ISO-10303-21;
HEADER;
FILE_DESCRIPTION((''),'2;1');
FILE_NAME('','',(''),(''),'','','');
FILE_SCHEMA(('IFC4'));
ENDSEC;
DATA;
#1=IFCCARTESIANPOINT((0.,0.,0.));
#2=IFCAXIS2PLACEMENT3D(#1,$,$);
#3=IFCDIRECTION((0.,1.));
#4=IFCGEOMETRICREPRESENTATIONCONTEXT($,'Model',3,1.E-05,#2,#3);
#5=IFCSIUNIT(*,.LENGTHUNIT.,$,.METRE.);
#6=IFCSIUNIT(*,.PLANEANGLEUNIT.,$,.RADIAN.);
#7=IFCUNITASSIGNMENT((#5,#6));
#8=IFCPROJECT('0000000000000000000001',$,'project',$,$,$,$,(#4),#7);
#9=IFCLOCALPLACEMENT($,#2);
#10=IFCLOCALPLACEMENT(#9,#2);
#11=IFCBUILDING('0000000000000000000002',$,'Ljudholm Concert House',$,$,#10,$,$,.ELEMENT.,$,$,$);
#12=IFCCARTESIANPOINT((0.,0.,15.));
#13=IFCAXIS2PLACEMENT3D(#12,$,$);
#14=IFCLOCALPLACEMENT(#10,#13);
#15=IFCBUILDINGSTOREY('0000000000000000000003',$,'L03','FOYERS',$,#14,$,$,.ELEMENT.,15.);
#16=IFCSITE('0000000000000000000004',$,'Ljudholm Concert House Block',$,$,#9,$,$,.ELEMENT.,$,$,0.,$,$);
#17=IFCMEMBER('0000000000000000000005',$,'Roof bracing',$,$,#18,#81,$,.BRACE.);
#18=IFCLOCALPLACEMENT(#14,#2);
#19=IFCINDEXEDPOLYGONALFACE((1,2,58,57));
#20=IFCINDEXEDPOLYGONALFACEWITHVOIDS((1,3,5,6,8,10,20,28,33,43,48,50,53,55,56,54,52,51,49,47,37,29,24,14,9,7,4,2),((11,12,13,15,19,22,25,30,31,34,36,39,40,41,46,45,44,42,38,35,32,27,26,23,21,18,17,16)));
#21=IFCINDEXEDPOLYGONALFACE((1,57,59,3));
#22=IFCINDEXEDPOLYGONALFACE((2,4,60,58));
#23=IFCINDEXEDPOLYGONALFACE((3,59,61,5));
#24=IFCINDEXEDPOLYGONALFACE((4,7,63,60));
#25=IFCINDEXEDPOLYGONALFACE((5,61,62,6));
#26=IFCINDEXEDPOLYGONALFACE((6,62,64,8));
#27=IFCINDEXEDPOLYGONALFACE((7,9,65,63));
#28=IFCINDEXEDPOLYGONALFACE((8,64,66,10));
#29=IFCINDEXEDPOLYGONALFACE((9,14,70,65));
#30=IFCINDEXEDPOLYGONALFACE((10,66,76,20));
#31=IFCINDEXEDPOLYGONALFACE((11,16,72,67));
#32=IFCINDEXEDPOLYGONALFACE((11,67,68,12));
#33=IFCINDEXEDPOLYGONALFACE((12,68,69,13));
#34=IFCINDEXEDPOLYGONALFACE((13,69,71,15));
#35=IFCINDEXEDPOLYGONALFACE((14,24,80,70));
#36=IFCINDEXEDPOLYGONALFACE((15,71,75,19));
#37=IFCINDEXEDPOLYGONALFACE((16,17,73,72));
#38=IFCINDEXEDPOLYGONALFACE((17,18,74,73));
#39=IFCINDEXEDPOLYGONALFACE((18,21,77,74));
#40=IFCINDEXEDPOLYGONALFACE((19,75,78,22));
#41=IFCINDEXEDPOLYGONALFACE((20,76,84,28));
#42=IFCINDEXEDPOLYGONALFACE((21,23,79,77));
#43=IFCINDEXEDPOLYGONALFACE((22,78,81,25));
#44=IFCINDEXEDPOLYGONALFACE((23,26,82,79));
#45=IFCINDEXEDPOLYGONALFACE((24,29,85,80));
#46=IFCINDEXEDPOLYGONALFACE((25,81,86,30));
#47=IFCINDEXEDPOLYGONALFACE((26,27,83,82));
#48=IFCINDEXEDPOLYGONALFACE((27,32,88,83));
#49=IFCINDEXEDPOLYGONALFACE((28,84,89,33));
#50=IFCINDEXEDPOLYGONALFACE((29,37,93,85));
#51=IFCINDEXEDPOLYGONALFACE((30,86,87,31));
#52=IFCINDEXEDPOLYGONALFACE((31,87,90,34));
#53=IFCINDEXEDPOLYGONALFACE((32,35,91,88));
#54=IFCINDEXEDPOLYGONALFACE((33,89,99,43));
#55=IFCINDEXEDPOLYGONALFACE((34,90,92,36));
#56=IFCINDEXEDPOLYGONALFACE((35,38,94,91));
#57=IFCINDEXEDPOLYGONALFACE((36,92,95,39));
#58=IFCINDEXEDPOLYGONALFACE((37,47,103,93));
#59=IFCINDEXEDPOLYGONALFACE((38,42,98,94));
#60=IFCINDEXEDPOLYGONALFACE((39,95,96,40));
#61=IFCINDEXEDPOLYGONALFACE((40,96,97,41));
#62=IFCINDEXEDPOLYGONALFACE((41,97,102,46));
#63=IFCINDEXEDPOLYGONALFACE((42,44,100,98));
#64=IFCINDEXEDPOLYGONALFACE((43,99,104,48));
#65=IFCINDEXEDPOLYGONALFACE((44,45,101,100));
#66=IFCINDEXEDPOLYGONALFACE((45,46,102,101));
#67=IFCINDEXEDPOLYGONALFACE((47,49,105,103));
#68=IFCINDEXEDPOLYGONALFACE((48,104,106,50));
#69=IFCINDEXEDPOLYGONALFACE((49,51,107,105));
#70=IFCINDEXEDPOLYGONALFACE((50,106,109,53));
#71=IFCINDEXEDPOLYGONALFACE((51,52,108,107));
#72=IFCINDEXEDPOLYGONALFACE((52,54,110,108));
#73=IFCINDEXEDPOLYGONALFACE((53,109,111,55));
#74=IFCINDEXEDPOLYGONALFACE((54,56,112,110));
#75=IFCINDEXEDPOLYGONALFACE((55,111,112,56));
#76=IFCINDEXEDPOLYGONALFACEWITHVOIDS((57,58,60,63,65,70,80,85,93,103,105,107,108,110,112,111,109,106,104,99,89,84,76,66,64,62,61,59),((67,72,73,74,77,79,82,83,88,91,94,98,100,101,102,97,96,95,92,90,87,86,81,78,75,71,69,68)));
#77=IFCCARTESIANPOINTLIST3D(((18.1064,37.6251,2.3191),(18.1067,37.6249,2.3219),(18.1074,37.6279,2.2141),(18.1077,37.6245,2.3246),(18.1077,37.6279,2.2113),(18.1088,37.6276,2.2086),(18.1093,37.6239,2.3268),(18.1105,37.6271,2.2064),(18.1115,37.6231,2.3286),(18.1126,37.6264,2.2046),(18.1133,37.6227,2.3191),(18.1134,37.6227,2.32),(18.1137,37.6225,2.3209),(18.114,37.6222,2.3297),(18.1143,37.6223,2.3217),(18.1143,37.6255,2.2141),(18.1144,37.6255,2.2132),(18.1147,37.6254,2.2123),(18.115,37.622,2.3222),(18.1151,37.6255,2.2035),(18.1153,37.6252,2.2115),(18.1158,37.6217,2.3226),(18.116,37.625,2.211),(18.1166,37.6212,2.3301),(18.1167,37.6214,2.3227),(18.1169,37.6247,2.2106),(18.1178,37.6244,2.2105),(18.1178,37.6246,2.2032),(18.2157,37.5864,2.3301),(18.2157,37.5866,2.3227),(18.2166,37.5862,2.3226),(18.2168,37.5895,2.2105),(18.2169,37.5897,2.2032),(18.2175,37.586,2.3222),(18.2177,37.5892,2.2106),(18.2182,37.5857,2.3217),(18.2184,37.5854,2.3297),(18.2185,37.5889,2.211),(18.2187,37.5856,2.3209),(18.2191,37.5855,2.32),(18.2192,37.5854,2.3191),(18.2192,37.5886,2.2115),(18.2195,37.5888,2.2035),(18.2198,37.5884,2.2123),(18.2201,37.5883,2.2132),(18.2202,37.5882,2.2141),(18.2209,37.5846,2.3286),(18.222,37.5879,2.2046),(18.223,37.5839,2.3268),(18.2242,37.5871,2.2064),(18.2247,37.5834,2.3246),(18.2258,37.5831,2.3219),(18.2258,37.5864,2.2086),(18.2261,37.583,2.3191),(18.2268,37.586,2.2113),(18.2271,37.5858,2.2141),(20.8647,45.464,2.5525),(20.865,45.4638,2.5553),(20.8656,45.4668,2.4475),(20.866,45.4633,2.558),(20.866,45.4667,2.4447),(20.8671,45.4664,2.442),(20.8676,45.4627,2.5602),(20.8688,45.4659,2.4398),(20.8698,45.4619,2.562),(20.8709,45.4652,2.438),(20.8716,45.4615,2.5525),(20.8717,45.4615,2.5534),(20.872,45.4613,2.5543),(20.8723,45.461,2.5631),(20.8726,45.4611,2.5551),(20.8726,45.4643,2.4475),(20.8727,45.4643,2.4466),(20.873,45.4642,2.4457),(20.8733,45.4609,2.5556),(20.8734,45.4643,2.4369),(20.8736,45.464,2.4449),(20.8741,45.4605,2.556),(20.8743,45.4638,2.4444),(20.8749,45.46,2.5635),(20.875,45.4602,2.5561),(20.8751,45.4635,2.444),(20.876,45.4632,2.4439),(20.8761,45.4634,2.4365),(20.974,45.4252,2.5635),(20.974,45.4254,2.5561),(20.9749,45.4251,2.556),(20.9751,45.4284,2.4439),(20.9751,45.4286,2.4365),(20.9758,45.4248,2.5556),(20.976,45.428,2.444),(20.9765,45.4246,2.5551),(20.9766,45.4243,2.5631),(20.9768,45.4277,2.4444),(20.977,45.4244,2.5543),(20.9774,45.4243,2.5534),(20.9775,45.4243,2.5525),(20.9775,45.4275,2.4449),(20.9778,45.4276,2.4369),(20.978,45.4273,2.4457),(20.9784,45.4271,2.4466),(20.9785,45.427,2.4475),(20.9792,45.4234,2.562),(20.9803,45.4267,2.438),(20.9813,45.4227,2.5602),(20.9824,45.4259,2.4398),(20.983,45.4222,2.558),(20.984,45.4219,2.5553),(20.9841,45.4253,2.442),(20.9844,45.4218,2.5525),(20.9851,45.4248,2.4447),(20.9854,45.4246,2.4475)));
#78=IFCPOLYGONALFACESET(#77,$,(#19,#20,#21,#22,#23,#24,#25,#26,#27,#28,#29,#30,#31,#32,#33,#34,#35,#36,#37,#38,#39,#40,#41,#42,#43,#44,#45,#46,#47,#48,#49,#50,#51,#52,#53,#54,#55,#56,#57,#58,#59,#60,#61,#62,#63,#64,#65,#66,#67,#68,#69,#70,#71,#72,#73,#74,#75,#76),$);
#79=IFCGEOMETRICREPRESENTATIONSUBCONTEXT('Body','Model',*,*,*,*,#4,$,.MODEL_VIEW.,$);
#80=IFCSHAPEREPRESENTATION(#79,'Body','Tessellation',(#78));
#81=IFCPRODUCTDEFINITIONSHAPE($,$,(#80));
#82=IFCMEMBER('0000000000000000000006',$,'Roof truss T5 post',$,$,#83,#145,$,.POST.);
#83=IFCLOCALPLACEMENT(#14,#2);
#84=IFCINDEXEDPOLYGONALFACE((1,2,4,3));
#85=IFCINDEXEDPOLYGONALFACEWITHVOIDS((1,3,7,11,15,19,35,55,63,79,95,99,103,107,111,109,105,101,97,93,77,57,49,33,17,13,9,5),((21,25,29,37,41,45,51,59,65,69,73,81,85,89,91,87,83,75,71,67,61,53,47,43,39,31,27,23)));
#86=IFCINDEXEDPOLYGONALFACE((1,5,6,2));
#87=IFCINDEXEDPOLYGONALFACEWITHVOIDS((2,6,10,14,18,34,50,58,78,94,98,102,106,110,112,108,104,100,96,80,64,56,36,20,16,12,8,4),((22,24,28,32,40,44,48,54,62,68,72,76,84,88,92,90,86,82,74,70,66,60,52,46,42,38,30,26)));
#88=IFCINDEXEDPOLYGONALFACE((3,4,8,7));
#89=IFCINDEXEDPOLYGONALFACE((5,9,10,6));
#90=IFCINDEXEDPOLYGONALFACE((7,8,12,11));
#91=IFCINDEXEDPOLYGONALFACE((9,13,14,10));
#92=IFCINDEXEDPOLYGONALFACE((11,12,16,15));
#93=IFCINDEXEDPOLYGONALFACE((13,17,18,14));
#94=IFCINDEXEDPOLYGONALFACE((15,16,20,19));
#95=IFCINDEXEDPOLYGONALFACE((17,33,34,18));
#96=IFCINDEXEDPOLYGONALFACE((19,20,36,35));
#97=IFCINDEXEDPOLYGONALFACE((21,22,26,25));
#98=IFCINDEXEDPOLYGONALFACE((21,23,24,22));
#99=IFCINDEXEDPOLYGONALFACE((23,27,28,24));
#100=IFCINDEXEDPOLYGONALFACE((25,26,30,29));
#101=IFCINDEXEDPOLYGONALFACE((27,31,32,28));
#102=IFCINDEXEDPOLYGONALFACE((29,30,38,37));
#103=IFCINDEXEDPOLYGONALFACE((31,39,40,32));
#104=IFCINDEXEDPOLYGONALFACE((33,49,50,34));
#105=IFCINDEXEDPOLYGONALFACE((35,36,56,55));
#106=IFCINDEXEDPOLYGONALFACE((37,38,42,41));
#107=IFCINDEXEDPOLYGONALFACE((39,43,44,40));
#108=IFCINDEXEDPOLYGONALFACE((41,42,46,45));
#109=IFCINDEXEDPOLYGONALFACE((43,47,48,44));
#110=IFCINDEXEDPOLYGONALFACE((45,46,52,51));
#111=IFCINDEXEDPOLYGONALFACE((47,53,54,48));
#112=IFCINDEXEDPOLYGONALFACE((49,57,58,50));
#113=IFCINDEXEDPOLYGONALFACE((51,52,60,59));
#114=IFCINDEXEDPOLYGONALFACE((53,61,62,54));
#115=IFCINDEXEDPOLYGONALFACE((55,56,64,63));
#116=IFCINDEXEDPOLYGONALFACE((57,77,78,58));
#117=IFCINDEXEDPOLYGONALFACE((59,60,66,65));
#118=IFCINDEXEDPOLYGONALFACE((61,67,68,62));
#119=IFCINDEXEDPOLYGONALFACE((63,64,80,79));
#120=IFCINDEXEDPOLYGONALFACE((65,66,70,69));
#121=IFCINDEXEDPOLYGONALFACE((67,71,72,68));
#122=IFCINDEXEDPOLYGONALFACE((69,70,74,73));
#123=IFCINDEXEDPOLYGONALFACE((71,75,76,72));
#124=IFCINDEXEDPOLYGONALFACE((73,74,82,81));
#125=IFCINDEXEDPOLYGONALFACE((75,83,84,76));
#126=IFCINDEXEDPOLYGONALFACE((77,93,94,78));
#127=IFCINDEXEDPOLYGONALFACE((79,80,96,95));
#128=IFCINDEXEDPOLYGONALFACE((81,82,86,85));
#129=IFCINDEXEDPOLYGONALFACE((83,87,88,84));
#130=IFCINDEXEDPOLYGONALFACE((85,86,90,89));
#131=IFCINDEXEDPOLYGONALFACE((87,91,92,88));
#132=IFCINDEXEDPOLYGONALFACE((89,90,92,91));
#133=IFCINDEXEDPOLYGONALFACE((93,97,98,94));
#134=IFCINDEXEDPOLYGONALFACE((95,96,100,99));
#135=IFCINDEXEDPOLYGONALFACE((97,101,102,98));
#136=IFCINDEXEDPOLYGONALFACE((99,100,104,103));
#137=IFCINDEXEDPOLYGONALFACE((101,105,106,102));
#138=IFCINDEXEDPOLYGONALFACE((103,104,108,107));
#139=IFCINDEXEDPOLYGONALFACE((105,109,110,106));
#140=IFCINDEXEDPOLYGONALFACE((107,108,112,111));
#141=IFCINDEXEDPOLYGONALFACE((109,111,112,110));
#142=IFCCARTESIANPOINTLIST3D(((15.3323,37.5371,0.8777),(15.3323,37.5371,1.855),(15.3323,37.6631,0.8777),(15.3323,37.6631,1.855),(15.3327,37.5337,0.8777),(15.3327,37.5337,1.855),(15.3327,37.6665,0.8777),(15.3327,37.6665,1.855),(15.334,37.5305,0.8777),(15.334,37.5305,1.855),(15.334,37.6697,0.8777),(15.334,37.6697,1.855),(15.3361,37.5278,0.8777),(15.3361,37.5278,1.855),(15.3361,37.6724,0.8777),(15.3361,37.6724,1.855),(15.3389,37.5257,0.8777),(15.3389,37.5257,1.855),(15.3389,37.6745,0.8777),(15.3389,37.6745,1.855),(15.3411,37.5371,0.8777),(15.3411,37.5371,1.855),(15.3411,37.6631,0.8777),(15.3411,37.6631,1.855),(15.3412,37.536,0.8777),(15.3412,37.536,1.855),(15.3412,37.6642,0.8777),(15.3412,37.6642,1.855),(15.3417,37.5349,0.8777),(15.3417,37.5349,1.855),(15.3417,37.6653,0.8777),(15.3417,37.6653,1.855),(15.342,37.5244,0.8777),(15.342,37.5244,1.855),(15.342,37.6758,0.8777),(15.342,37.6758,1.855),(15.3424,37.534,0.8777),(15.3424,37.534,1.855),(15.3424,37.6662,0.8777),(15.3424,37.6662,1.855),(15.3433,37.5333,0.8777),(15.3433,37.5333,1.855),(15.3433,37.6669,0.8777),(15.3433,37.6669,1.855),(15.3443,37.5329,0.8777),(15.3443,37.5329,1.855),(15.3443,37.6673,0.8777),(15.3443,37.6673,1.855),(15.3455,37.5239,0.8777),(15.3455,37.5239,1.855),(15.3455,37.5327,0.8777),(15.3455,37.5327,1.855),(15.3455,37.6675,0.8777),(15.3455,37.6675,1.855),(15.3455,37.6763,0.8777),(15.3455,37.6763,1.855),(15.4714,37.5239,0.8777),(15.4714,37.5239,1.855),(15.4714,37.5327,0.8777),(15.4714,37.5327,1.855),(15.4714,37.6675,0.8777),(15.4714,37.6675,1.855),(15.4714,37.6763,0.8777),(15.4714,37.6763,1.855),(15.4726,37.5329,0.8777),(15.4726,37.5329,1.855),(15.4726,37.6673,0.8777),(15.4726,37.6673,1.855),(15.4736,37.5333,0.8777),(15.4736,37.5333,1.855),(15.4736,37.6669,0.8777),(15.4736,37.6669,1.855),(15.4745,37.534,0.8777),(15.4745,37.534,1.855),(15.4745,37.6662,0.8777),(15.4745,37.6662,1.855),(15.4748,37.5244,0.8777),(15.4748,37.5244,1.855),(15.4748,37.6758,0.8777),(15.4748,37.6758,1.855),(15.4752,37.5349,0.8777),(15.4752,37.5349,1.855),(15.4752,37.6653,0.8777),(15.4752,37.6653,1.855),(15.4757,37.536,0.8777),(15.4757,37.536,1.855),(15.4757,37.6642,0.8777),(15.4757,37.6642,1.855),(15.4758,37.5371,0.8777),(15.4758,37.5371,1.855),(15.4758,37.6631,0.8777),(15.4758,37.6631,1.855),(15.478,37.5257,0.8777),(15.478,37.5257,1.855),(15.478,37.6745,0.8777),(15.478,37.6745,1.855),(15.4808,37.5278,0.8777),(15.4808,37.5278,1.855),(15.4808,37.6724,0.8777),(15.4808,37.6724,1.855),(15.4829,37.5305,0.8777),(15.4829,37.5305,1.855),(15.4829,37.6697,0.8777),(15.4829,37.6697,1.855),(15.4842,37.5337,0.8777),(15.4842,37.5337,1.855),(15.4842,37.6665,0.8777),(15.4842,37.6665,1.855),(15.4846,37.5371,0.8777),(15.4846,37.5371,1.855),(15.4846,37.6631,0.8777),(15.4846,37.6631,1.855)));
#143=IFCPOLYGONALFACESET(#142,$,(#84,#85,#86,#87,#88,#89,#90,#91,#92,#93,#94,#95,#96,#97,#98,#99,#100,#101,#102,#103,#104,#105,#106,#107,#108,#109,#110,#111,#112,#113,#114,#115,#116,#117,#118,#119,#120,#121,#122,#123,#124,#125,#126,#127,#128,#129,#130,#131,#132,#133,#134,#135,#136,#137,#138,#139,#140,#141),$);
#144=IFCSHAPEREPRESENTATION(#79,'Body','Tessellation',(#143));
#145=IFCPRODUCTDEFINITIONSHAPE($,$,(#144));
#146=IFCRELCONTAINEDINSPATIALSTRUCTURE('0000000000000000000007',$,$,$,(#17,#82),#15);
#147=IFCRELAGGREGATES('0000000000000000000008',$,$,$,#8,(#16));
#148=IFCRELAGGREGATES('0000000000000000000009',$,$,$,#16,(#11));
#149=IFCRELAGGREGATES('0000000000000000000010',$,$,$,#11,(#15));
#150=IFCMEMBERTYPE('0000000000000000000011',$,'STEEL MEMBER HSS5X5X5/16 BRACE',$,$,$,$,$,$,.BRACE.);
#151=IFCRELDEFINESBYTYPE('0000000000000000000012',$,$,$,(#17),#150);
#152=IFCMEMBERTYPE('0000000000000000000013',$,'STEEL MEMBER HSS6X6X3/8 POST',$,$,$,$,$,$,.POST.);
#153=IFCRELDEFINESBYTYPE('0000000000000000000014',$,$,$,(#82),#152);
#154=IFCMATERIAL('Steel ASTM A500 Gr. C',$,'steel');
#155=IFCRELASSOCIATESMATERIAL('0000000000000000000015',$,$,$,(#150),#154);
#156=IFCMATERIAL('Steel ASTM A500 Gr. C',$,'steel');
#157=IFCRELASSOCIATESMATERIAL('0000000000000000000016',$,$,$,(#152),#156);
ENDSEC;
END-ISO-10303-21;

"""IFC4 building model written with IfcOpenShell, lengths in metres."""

from ifc_helpers import new_model, si_unit, direction, frame, origin, origin_2d, place, context, subcontext, project, spatial, hollow_rectangle, extrude, material, material_profile, profile_set, type_object, element, save


model = new_model("IFC4")

# Units and contexts
model_context = context("Model", 3, precision=1e-05, world=origin(), true_north=direction((0.0, 1.0)))
body_context = subcontext(model_context, "Body", "Model", "MODEL_VIEW")
ifc_project = project(units=[si_unit("LENGTHUNIT", "METRE"), si_unit("PLANEANGLEUNIT", "RADIAN")], contexts=[model_context])

# Site, building, storey
site_placement = place(None, origin())
site = spatial("IfcSite", under=ifc_project, at=site_placement, Name="Ljudholm Concert House Block", CompositionType="ELEMENT", RefElevation=0.0)
building_placement = place(site_placement, origin())
building = spatial("IfcBuilding", under=site, at=building_placement, Name="Ljudholm Concert House", CompositionType="ELEMENT")
storey_placement = place(building_placement, frame((0.0, 0.0, 15.0)))
storey = spatial("IfcBuildingStorey", under=building, at=storey_placement, Name="L03", Description="FOYERS", CompositionType="ELEMENT", Elevation=15.0)

# Members
ifc_material_1 = material(Name="Steel ASTM A500 Gr. C", Category="steel")
ifc_material_profile_1 = material_profile(ifc_material_1, hollow_rectangle(XDim=0.127, YDim=0.127, WallThickness=0.0073, InnerFilletRadius=0.0037, OuterFilletRadius=0.011, at=origin_2d()), Name="HSS5X5X5/16")
ifc_profile_set_1 = profile_set([ifc_material_profile_1], Name="Steel ASTM A500 Gr. C")
member_type_1 = type_object("IfcMemberType", Name="STEEL MEMBER HSS5X5X5/16 BRACE", PredefinedType="BRACE", material=ifc_profile_set_1)
for number, where, z_axis, x_axis, name in (
    (1, (18.1667, 37.6055, 2.2666), (0.331795, 0.942934, 0.028075), (-0.943306, 0.331926, 0.0), "Roof bracing"),
):
    element("IfcMember", number, at=place(storey_placement, frame(where, z_axis=z_axis, x_axis=x_axis)), inside=storey, type_object=member_type_1, Name=name, PredefinedType="BRACE", context=body_context, shape_type="SweptSolid", body=[
        extrude(hollow_rectangle(XDim=0.127, YDim=0.127, WallThickness=0.0073, InnerFilletRadius=0.0037, OuterFilletRadius=0.011, at=origin_2d()), origin(), (0.0, 0.0, 1.0), 8.3132),
    ])
ifc_material_2 = material(Name="Steel ASTM A500 Gr. C", Category="steel")
ifc_material_profile_2 = material_profile(ifc_material_2, hollow_rectangle(XDim=0.1523, YDim=0.1523, WallThickness=0.0088, InnerFilletRadius=0.0044, OuterFilletRadius=0.0132, at=origin_2d()), Name="HSS6X6X3/8")
ifc_profile_set_2 = profile_set([ifc_material_profile_2], Name="Steel ASTM A500 Gr. C")
member_type_2 = type_object("IfcMemberType", Name="STEEL MEMBER HSS6X6X3/8 POST", PredefinedType="POST", material=ifc_profile_set_2)
member_1_placement = place(storey_placement, frame((15.4084, 37.6001, 0.8777), z_axis=(0.0, 0.0, 1.0), x_axis=(1.0, 0.0, 0.0)))
element("IfcMember", 2, at=member_1_placement, inside=storey, type_object=member_type_2, Name="Roof truss T5 post", PredefinedType="POST", context=body_context, shape_type="SweptSolid", body=[
    extrude(hollow_rectangle(XDim=0.1523, YDim=0.1523, WallThickness=0.0088, InnerFilletRadius=0.0044, OuterFilletRadius=0.0132, at=origin_2d()), origin(), (0.0, 0.0, 1.0), 0.9773),
])

save(model, "model.ifc")
